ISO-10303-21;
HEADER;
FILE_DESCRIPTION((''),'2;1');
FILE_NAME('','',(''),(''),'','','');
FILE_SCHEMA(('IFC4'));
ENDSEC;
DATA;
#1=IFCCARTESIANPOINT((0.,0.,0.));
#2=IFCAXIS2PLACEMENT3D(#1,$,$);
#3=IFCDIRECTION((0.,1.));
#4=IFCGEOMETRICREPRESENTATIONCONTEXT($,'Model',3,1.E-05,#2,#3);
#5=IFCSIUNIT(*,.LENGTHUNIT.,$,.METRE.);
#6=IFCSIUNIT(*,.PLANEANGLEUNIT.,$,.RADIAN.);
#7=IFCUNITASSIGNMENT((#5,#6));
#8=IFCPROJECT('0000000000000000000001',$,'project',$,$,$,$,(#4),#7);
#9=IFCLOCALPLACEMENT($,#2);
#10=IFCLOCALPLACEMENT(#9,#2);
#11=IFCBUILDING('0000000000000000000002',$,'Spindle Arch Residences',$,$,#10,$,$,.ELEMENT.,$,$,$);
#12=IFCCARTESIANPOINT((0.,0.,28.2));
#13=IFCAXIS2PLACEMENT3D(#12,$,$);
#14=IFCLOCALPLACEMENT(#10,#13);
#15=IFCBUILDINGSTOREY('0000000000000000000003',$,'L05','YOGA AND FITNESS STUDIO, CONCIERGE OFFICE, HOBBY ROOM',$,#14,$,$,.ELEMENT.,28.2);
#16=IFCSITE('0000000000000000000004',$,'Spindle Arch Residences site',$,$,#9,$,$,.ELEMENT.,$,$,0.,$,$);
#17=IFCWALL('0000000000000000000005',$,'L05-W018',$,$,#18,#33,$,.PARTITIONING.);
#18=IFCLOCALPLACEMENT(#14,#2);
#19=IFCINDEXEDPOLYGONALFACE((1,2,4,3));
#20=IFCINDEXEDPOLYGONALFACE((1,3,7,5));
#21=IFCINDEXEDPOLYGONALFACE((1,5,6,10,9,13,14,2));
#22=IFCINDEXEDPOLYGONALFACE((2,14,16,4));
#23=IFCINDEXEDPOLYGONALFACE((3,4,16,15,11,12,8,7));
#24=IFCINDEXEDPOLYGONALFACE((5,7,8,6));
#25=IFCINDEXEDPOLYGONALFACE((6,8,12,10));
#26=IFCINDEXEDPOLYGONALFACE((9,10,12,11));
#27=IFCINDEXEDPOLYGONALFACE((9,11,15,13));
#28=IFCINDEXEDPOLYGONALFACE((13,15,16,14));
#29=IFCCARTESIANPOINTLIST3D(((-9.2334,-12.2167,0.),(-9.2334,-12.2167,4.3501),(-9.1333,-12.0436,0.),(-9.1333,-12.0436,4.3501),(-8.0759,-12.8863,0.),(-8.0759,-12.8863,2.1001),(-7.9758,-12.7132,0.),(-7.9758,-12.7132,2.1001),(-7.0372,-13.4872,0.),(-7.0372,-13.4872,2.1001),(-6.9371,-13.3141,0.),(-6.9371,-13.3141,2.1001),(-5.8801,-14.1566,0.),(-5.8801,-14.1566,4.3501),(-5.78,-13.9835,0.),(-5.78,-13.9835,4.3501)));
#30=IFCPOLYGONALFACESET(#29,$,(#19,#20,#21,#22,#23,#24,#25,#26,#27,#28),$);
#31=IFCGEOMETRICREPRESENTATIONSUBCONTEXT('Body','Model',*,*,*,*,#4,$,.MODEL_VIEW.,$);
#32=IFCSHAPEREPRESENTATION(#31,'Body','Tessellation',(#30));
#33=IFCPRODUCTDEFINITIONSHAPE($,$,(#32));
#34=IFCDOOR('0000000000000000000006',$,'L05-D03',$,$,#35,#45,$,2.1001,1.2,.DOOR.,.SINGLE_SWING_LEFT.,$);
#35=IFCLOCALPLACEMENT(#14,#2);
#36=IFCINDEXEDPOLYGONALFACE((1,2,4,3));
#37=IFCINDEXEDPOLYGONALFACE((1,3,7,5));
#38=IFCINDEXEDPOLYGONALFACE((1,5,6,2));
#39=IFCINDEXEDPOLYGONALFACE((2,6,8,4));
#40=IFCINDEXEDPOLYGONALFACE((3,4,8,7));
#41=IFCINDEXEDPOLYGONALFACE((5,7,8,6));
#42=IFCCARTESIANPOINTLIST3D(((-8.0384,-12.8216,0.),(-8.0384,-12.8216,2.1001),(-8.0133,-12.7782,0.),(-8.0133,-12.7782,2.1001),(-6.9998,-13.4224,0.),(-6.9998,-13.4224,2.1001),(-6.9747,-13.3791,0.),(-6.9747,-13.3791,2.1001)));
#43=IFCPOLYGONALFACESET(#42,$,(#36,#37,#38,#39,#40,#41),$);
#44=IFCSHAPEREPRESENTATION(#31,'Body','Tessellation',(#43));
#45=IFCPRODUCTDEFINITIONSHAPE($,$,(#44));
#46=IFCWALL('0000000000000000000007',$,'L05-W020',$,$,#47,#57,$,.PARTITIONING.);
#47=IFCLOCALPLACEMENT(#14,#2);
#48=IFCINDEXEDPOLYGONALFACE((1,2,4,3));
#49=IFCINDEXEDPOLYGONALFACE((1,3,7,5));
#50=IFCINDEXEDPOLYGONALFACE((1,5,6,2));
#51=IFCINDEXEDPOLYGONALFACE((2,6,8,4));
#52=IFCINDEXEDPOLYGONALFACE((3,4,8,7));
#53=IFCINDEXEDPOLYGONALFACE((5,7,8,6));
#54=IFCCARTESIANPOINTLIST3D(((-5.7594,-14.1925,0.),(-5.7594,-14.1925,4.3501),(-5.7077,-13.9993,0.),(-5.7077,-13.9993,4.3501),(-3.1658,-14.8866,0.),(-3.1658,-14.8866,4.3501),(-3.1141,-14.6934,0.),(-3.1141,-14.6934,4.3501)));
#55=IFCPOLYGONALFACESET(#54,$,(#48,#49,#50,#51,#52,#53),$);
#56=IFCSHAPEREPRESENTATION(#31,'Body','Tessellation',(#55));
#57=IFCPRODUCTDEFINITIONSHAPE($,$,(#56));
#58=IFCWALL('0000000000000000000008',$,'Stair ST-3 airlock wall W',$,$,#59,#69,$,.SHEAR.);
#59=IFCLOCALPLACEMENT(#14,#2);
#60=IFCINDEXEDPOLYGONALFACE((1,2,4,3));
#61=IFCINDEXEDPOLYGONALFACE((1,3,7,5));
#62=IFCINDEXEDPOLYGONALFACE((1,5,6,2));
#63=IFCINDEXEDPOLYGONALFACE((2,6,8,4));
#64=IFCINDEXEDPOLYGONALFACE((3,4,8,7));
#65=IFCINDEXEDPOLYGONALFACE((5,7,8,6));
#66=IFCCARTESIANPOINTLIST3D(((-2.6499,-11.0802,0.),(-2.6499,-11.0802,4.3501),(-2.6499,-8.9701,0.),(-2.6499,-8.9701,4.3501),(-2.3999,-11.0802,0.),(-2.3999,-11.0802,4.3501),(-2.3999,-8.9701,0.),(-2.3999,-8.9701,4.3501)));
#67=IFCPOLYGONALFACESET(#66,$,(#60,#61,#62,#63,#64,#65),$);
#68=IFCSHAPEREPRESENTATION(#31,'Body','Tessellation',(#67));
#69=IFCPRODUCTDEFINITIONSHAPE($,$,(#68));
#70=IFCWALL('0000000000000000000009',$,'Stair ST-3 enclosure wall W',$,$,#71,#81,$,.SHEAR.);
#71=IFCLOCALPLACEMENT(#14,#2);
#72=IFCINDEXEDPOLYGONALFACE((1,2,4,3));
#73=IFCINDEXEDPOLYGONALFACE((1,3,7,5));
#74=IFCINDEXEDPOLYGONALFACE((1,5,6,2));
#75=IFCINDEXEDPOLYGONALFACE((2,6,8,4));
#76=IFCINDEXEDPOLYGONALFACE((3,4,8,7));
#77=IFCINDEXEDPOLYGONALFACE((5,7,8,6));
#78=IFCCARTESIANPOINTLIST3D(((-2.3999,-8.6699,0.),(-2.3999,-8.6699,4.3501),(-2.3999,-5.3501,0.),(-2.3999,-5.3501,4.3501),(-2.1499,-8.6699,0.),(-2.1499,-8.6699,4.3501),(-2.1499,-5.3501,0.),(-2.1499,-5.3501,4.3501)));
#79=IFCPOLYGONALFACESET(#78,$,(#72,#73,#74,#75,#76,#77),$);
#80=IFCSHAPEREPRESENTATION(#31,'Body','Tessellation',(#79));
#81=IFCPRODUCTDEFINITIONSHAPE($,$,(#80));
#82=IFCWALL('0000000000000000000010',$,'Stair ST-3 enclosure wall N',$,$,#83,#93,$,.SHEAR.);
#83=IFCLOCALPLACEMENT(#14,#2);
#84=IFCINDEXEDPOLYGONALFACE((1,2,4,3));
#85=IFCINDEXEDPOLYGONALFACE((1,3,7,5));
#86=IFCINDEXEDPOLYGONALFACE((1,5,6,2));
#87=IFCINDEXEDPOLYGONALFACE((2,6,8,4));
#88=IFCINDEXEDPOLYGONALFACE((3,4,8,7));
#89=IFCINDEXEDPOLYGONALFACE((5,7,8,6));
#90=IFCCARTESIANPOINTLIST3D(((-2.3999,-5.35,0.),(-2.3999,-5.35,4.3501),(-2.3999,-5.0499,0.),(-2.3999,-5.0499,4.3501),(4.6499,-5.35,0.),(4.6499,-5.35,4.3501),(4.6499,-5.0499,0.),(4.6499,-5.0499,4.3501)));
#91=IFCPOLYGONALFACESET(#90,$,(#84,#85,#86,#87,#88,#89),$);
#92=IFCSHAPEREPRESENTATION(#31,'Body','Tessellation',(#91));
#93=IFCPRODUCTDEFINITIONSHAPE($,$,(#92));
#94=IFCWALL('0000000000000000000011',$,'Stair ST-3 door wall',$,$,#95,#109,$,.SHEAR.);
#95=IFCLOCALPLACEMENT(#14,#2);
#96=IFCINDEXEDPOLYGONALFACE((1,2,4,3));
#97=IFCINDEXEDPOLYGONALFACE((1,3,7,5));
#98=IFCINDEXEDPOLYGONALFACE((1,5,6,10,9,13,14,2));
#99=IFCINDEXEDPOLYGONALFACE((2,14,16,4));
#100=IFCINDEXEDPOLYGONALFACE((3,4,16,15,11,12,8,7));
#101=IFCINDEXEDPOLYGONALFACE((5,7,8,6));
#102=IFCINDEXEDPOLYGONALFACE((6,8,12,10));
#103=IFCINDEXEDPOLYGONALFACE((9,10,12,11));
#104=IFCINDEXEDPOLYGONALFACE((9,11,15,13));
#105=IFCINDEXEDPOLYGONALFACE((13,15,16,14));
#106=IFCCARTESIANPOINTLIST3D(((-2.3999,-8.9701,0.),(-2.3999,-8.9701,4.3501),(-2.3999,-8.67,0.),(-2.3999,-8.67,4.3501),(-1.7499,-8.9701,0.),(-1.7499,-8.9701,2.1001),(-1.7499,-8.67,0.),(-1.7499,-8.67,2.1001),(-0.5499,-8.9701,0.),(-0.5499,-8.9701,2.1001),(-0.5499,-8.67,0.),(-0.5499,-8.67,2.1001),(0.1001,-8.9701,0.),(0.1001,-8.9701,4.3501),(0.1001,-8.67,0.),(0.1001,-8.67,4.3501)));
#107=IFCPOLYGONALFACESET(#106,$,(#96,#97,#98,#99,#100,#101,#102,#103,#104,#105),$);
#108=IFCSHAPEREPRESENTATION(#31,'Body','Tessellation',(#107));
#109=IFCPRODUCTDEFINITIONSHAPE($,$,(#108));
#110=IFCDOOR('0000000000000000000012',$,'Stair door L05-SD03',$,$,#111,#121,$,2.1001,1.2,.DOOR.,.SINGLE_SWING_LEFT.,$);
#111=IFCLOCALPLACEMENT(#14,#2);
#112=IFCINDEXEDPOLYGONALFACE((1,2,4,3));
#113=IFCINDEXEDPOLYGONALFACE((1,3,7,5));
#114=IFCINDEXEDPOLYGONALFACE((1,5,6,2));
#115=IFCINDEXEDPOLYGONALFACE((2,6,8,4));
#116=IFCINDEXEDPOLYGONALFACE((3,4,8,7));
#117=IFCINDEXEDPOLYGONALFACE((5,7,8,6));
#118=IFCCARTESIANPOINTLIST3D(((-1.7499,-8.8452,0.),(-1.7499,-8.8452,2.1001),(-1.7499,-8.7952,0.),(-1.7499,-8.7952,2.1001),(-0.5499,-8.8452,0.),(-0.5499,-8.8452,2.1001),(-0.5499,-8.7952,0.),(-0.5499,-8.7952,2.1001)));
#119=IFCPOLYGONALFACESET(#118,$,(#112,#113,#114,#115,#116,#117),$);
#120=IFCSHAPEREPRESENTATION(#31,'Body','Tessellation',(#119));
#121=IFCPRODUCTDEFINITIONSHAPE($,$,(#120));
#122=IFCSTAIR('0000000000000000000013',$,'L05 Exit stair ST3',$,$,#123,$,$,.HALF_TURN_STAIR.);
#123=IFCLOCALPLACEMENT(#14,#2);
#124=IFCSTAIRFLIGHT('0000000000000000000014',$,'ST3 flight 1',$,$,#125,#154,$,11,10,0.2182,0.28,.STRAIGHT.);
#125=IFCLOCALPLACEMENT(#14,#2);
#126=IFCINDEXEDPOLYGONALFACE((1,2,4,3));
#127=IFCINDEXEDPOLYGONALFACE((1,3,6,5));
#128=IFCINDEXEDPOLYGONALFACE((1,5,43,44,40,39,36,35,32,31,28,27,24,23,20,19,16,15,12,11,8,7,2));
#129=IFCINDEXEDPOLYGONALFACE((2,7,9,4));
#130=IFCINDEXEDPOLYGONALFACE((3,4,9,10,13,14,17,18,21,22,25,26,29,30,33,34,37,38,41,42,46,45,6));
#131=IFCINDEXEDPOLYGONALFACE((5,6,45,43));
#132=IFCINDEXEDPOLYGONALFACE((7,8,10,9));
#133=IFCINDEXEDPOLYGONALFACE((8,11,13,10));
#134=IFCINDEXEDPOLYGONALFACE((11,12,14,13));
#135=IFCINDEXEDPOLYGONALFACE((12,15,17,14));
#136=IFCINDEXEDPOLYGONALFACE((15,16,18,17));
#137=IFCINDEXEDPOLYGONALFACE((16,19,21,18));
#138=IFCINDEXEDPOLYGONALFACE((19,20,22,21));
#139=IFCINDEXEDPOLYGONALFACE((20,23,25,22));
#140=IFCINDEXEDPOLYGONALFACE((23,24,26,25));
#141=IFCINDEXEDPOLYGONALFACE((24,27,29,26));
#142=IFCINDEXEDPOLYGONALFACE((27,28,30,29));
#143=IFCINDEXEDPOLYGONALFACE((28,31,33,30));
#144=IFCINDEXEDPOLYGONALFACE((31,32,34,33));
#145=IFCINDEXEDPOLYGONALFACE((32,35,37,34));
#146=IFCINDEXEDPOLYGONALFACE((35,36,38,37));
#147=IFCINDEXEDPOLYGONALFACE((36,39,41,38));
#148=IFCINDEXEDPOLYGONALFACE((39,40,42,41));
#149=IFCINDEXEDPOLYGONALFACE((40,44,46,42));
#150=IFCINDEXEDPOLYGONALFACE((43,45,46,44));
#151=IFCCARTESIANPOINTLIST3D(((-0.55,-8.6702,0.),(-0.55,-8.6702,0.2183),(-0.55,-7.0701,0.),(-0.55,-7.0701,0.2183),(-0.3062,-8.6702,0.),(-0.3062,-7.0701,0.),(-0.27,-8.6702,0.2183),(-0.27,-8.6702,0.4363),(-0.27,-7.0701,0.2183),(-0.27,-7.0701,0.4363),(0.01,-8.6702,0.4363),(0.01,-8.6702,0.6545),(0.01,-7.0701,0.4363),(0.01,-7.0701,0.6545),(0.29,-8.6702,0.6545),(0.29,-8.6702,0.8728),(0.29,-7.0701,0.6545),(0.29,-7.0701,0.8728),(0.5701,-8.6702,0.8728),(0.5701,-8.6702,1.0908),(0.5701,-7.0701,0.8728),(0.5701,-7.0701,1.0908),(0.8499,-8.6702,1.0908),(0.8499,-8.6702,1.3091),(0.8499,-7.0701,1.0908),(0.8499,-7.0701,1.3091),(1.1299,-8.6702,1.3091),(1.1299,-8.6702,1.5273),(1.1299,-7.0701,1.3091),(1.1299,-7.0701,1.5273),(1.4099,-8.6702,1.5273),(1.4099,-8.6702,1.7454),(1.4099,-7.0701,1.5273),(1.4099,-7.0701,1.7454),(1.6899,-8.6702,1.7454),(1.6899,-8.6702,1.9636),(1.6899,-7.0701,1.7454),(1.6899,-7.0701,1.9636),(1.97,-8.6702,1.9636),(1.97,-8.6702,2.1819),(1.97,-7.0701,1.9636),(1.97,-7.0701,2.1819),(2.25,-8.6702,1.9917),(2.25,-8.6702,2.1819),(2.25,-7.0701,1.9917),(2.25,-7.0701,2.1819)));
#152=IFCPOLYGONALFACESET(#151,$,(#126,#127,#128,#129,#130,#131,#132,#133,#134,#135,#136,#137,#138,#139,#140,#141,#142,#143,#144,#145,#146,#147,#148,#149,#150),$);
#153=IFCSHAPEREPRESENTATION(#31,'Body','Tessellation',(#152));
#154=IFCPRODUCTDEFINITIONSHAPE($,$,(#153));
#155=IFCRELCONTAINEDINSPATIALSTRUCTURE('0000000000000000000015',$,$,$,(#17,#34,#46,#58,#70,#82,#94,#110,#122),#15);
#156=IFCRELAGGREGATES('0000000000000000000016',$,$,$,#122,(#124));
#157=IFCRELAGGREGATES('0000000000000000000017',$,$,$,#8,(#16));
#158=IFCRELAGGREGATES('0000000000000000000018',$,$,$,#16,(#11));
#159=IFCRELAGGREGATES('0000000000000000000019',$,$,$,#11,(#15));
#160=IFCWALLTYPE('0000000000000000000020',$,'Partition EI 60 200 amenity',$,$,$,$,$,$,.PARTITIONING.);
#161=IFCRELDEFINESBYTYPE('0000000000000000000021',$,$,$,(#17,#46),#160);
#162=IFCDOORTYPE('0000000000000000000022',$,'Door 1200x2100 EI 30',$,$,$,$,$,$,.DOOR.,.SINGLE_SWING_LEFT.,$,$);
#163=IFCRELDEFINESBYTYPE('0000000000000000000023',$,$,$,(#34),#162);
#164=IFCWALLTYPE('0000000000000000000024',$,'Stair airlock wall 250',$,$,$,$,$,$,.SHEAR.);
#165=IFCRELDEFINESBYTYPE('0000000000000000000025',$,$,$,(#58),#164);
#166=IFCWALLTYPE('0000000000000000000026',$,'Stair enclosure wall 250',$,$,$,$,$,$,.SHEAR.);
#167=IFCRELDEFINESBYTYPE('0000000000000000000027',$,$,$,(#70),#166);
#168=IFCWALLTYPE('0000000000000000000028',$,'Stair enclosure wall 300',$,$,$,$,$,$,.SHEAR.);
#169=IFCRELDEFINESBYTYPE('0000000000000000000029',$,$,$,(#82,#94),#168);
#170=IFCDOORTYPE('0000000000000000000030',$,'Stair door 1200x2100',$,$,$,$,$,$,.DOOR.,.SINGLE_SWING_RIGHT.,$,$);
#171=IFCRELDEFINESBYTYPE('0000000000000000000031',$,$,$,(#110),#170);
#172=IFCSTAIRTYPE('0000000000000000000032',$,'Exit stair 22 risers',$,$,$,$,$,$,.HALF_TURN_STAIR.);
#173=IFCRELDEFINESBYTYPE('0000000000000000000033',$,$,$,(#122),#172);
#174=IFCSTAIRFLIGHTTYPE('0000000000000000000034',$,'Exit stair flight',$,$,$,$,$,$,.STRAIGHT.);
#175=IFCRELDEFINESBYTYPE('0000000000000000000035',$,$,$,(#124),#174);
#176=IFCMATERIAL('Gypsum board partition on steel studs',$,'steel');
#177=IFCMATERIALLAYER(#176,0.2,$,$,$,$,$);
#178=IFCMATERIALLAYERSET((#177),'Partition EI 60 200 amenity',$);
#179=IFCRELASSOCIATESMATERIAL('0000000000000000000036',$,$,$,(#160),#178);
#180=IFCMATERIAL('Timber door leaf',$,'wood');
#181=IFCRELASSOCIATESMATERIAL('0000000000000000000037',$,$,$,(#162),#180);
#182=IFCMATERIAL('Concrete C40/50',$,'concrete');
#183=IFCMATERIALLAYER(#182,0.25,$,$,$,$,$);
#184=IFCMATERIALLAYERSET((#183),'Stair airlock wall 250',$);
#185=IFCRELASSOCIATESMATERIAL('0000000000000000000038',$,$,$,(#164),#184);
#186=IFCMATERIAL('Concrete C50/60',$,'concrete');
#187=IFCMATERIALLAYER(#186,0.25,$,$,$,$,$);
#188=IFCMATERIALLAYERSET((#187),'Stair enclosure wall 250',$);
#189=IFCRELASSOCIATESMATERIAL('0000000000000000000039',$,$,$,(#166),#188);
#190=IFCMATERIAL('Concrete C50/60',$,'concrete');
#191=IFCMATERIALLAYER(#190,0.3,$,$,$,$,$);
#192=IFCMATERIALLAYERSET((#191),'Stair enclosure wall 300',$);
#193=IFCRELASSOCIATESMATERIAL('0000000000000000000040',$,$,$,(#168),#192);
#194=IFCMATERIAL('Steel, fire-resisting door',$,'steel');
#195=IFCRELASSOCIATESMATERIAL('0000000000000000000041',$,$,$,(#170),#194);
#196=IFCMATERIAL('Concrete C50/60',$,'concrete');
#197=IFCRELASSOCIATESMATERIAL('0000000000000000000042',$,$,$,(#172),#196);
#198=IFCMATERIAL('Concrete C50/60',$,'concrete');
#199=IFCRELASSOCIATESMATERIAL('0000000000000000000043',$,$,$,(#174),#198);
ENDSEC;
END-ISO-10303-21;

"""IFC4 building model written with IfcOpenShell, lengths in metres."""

from ifc_helpers import new_model, si_unit, direction, frame, frame_2d, origin, place, context, subcontext, project, spatial, polyline, rectangle, outline, extrude, material, layer, layer_set, type_object, element, fill, aggregate, save


model = new_model("IFC4")

# Units and contexts
model_context = context("Model", 3, precision=1e-05, world=origin(), true_north=direction((0.0, 1.0)))
body_context = subcontext(model_context, "Body", "Model", "MODEL_VIEW")
ifc_project = project(units=[si_unit("LENGTHUNIT", "METRE"), si_unit("PLANEANGLEUNIT", "RADIAN")], contexts=[model_context])

# Site, building, storey
site_placement = place(None, origin())
site = spatial("IfcSite", under=ifc_project, at=site_placement, Name="Spindle Arch Residences site", CompositionType="ELEMENT", RefElevation=0.0)
building_placement = place(site_placement, origin())
building = spatial("IfcBuilding", under=site, at=building_placement, Name="Spindle Arch Residences", CompositionType="ELEMENT")
storey_placement = place(building_placement, frame((0.0, 0.0, 28.2)))
storey = spatial("IfcBuildingStorey", under=building, at=storey_placement, Name="L05", Description="YOGA AND FITNESS STUDIO, CONCIERGE OFFICE, HOBBY ROOM", CompositionType="ELEMENT", Elevation=28.2)

# Shared definitions
ifc_material_1 = material(Name="Gypsum board partition on steel studs", Category="steel")
ifc_layer_1 = layer(ifc_material_1, 0.2)
ifc_layer_set_1 = layer_set([ifc_layer_1], Name="Partition EI 60 200 amenity")
wall_type_1 = type_object("IfcWallType", Name="Partition EI 60 200 amenity", PredefinedType="PARTITIONING", material=ifc_layer_set_1)

# Shared definitions
ifc_material_2 = material(Name="Timber door leaf", Category="wood")
door_type_1 = type_object("IfcDoorType", Name="Door 1200x2100 EI 30", OperationType="SINGLE_SWING_LEFT", PredefinedType="DOOR", material=ifc_material_2)

# Wall, opening, door
wall_1_placement = place(storey_placement, frame((-9.1833, -12.1301, 0.0), z_axis=(0.0, 0.0, 1.0), x_axis=(0.865586, -0.50076, 0.0)))
wall_1 = element("IfcWall", 1, at=wall_1_placement, inside=storey, type_object=wall_type_1, Name="L05-W018", PredefinedType="PARTITIONING", context=body_context, shape_type="SweptSolid", body=[
    extrude(rectangle(XDim=3.874, YDim=0.2, at=frame_2d((1.937, 0.0))), origin(), (0.0, 0.0, 1.0), 4.3501),
])
opening_1_placement = place(wall_1_placement, frame((1.3372, 0.0, 0.0)))
opening_1 = element("IfcOpeningElement", 2, at=opening_1_placement, cuts=wall_1, PredefinedType="OPENING", context=body_context, shape_type="SweptSolid", body=[
    extrude(rectangle(XDim=1.2, YDim=2.1001, at=frame_2d((0.6001, 1.05))), frame((0.0, 0.1099, 0.0), z_axis=(0.0, -1.0, 0.0), x_axis=(1.0, 0.0, 0.0)), (0.0, 0.0, 1.0), 0.22),
])
door_1_placement = place(opening_1_placement, origin())
door_1 = element("IfcDoor", 3, at=door_1_placement, inside=storey, type_object=door_type_1, Name="L05-D03", OperationType="SINGLE_SWING_LEFT", OverallHeight=2.1001, OverallWidth=1.2, PredefinedType="DOOR", context=body_context, shape_type="SweptSolid", body=[
    extrude(rectangle(XDim=1.2, YDim=2.1001, at=frame_2d((0.6001, 1.05))), frame((0.0, 0.0249, 0.0), z_axis=(0.0, -1.0, 0.0), x_axis=(1.0, 0.0, 0.0)), (0.0, 0.0, 1.0), 0.05),
])
fill(opening_1, door_1)

# Walls
wall_2_placement = place(storey_placement, frame((-5.7334, -14.0959, 0.0), z_axis=(0.0, 0.0, 1.0), x_axis=(0.966004, -0.258529, 0.0)))
element("IfcWall", 4, at=wall_2_placement, inside=storey, type_object=wall_type_1, Name="L05-W020", PredefinedType="PARTITIONING", context=body_context, shape_type="SweptSolid", body=[
    extrude(rectangle(XDim=2.6848, YDim=0.2, at=frame_2d((1.3423, 0.0))), origin(), (0.0, 0.0, 1.0), 4.3501),
])
ifc_material_3 = material(Name="Concrete C40/50", Category="concrete")
ifc_layer_2 = layer(ifc_material_3, 0.25)
ifc_layer_set_2 = layer_set([ifc_layer_2], Name="Stair airlock wall 250")
wall_type_2 = type_object("IfcWallType", Name="Stair airlock wall 250", PredefinedType="SHEAR", material=ifc_layer_set_2)
wall_3_placement = place(storey_placement, frame((-2.5249, -8.97, 0.0), z_axis=(0.0, 0.0, 1.0), x_axis=(0.0, -1.0, 0.0)))
element("IfcWall", 5, at=wall_3_placement, inside=storey, type_object=wall_type_2, Name="Stair ST-3 airlock wall W", PredefinedType="SHEAR", context=body_context, shape_type="SweptSolid", body=[
    extrude(rectangle(XDim=2.1101, YDim=0.25, at=frame_2d((1.0552, 0.0))), origin(), (0.0, 0.0, 1.0), 4.3501),
])
ifc_material_4 = material(Name="Concrete C50/60", Category="concrete")
ifc_layer_3 = layer(ifc_material_4, 0.25)
ifc_layer_set_3 = layer_set([ifc_layer_3], Name="Stair enclosure wall 250")
wall_type_3 = type_object("IfcWallType", Name="Stair enclosure wall 250", PredefinedType="SHEAR", material=ifc_layer_set_3)
wall_4_placement = place(storey_placement, frame((-2.2749, -8.6699, 0.0), z_axis=(0.0, 0.0, 1.0), x_axis=(0.0, 1.0, 0.0)))
element("IfcWall", 6, at=wall_4_placement, inside=storey, type_object=wall_type_3, Name="Stair ST-3 enclosure wall W", PredefinedType="SHEAR", context=body_context, shape_type="SweptSolid", body=[
    extrude(rectangle(XDim=3.3198, YDim=0.25, at=frame_2d((1.6599, 0.0))), origin(), (0.0, 0.0, 1.0), 4.3501),
])
ifc_material_5 = material(Name="Concrete C50/60", Category="concrete")
ifc_layer_4 = layer(ifc_material_5, 0.3)
ifc_layer_set_4 = layer_set([ifc_layer_4], Name="Stair enclosure wall 300")
wall_type_4 = type_object("IfcWallType", Name="Stair enclosure wall 300", PredefinedType="SHEAR", material=ifc_layer_set_4)
wall_5_placement = place(storey_placement, frame((-2.3999, -5.2, 0.0), z_axis=(0.0, 0.0, 1.0), x_axis=(1.0, 0.0, 0.0)))
element("IfcWall", 7, at=wall_5_placement, inside=storey, type_object=wall_type_4, Name="Stair ST-3 enclosure wall N", PredefinedType="SHEAR", context=body_context, shape_type="SweptSolid", body=[
    extrude(rectangle(XDim=7.0498, YDim=0.3, at=frame_2d((3.5249, 0.0))), origin(), (0.0, 0.0, 1.0), 4.3501),
])

# Wall, opening, door
wall_6_placement = place(storey_placement, frame((-2.3999, -8.8201, 0.0), z_axis=(0.0, 0.0, 1.0), x_axis=(1.0, 0.0, 0.0)))
wall_6 = element("IfcWall", 8, at=wall_6_placement, inside=storey, type_object=wall_type_4, Name="Stair ST-3 door wall", PredefinedType="SHEAR", context=body_context, shape_type="SweptSolid", body=[
    extrude(rectangle(XDim=2.5, YDim=0.3, at=frame_2d((1.25, 0.0))), origin(), (0.0, 0.0, 1.0), 4.3501),
])
opening_2_placement = place(wall_6_placement, frame((0.6499, 0.0, 0.0)))
opening_2 = element("IfcOpeningElement", 9, at=opening_2_placement, cuts=wall_6, PredefinedType="OPENING", context=body_context, shape_type="SweptSolid", body=[
    extrude(rectangle(XDim=1.2, YDim=2.1001, at=frame_2d((0.6001, 1.05))), frame((0.0, 0.1602, 0.0), z_axis=(0.0, -1.0, 0.0), x_axis=(1.0, 0.0, 0.0)), (0.0, 0.0, 1.0), 0.3201),
])
ifc_material_6 = material(Name="Steel, fire-resisting door", Category="steel")
door_type_2 = type_object("IfcDoorType", Name="Stair door 1200x2100", OperationType="SINGLE_SWING_RIGHT", PredefinedType="DOOR", material=ifc_material_6)
door_2_placement = place(opening_2_placement, origin())
door_2 = element("IfcDoor", 10, at=door_2_placement, inside=storey, type_object=door_type_2, Name="Stair door L05-SD03", OperationType="SINGLE_SWING_LEFT", OverallHeight=2.1001, OverallWidth=1.2, PredefinedType="DOOR", context=body_context, shape_type="SweptSolid", body=[
    extrude(rectangle(XDim=1.2, YDim=2.1001, at=frame_2d((0.6001, 1.05))), frame((0.0, 0.0249, 0.0), z_axis=(0.0, -1.0, 0.0), x_axis=(1.0, 0.0, 0.0)), (0.0, 0.0, 1.0), 0.05),
])
fill(opening_2, door_2)

# Stair, stair flight
ifc_material_7 = material(Name="Concrete C50/60", Category="concrete")
stair_type = type_object("IfcStairType", Name="Exit stair 22 risers", PredefinedType="HALF_TURN_STAIR", material=ifc_material_7)
stair_placement = place(storey_placement, origin())
stair = element("IfcStair", 11, at=stair_placement, inside=storey, type_object=stair_type, Name="L05 Exit stair ST3", PredefinedType="HALF_TURN_STAIR")
ifc_material_8 = material(Name="Concrete C50/60", Category="concrete")
stair_flight_type = type_object("IfcStairFlightType", Name="Exit stair flight", PredefinedType="STRAIGHT", material=ifc_material_8)
stair_flight_placement = place(storey_placement, frame((-0.55, -7.8701, 0.0), z_axis=(0.0, 0.0, 1.0), x_axis=(1.0, 0.0, 0.0)))
stair_flight = element("IfcStairFlight", 12, at=stair_flight_placement, type_object=stair_flight_type, Name="ST3 flight 1", NumberOfRisers=11, NumberOfTreads=10, PredefinedType="STRAIGHT", RiserHeight=0.2182, TreadLength=0.28, context=body_context, shape_type="SweptSolid", body=[
    extrude(outline(polyline([(0.0, 0.0), (0.0, 0.2183), (0.28, 0.2183), (0.28, 0.4363), (0.5601, 0.4363), (0.5601, 0.6545), (0.8401, 0.6545), (0.8401, 0.8728), (1.1201, 0.8728), (1.1201, 1.0908), (1.3999, 1.0908), (1.3999, 1.3091), (1.6799, 1.3091), (1.6799, 1.5273), (1.96, 1.5273), (1.96, 1.7454), (2.24, 1.7454), (2.24, 1.9636), (2.52, 1.9636), (2.52, 2.1819), (2.8, 2.1819), (2.8, 2.3999), (2.8, 1.9917), (0.2439, 0.0), (0.0, 0.0)])), frame((0.0, 0.8, 0.0), z_axis=(0.0, -1.0, 0.0), x_axis=(1.0, 0.0, 0.0)), (0.0, 0.0, 1.0), 1.6001),
])
aggregate(stair, [stair_flight])

save(model, "model.ifc")
